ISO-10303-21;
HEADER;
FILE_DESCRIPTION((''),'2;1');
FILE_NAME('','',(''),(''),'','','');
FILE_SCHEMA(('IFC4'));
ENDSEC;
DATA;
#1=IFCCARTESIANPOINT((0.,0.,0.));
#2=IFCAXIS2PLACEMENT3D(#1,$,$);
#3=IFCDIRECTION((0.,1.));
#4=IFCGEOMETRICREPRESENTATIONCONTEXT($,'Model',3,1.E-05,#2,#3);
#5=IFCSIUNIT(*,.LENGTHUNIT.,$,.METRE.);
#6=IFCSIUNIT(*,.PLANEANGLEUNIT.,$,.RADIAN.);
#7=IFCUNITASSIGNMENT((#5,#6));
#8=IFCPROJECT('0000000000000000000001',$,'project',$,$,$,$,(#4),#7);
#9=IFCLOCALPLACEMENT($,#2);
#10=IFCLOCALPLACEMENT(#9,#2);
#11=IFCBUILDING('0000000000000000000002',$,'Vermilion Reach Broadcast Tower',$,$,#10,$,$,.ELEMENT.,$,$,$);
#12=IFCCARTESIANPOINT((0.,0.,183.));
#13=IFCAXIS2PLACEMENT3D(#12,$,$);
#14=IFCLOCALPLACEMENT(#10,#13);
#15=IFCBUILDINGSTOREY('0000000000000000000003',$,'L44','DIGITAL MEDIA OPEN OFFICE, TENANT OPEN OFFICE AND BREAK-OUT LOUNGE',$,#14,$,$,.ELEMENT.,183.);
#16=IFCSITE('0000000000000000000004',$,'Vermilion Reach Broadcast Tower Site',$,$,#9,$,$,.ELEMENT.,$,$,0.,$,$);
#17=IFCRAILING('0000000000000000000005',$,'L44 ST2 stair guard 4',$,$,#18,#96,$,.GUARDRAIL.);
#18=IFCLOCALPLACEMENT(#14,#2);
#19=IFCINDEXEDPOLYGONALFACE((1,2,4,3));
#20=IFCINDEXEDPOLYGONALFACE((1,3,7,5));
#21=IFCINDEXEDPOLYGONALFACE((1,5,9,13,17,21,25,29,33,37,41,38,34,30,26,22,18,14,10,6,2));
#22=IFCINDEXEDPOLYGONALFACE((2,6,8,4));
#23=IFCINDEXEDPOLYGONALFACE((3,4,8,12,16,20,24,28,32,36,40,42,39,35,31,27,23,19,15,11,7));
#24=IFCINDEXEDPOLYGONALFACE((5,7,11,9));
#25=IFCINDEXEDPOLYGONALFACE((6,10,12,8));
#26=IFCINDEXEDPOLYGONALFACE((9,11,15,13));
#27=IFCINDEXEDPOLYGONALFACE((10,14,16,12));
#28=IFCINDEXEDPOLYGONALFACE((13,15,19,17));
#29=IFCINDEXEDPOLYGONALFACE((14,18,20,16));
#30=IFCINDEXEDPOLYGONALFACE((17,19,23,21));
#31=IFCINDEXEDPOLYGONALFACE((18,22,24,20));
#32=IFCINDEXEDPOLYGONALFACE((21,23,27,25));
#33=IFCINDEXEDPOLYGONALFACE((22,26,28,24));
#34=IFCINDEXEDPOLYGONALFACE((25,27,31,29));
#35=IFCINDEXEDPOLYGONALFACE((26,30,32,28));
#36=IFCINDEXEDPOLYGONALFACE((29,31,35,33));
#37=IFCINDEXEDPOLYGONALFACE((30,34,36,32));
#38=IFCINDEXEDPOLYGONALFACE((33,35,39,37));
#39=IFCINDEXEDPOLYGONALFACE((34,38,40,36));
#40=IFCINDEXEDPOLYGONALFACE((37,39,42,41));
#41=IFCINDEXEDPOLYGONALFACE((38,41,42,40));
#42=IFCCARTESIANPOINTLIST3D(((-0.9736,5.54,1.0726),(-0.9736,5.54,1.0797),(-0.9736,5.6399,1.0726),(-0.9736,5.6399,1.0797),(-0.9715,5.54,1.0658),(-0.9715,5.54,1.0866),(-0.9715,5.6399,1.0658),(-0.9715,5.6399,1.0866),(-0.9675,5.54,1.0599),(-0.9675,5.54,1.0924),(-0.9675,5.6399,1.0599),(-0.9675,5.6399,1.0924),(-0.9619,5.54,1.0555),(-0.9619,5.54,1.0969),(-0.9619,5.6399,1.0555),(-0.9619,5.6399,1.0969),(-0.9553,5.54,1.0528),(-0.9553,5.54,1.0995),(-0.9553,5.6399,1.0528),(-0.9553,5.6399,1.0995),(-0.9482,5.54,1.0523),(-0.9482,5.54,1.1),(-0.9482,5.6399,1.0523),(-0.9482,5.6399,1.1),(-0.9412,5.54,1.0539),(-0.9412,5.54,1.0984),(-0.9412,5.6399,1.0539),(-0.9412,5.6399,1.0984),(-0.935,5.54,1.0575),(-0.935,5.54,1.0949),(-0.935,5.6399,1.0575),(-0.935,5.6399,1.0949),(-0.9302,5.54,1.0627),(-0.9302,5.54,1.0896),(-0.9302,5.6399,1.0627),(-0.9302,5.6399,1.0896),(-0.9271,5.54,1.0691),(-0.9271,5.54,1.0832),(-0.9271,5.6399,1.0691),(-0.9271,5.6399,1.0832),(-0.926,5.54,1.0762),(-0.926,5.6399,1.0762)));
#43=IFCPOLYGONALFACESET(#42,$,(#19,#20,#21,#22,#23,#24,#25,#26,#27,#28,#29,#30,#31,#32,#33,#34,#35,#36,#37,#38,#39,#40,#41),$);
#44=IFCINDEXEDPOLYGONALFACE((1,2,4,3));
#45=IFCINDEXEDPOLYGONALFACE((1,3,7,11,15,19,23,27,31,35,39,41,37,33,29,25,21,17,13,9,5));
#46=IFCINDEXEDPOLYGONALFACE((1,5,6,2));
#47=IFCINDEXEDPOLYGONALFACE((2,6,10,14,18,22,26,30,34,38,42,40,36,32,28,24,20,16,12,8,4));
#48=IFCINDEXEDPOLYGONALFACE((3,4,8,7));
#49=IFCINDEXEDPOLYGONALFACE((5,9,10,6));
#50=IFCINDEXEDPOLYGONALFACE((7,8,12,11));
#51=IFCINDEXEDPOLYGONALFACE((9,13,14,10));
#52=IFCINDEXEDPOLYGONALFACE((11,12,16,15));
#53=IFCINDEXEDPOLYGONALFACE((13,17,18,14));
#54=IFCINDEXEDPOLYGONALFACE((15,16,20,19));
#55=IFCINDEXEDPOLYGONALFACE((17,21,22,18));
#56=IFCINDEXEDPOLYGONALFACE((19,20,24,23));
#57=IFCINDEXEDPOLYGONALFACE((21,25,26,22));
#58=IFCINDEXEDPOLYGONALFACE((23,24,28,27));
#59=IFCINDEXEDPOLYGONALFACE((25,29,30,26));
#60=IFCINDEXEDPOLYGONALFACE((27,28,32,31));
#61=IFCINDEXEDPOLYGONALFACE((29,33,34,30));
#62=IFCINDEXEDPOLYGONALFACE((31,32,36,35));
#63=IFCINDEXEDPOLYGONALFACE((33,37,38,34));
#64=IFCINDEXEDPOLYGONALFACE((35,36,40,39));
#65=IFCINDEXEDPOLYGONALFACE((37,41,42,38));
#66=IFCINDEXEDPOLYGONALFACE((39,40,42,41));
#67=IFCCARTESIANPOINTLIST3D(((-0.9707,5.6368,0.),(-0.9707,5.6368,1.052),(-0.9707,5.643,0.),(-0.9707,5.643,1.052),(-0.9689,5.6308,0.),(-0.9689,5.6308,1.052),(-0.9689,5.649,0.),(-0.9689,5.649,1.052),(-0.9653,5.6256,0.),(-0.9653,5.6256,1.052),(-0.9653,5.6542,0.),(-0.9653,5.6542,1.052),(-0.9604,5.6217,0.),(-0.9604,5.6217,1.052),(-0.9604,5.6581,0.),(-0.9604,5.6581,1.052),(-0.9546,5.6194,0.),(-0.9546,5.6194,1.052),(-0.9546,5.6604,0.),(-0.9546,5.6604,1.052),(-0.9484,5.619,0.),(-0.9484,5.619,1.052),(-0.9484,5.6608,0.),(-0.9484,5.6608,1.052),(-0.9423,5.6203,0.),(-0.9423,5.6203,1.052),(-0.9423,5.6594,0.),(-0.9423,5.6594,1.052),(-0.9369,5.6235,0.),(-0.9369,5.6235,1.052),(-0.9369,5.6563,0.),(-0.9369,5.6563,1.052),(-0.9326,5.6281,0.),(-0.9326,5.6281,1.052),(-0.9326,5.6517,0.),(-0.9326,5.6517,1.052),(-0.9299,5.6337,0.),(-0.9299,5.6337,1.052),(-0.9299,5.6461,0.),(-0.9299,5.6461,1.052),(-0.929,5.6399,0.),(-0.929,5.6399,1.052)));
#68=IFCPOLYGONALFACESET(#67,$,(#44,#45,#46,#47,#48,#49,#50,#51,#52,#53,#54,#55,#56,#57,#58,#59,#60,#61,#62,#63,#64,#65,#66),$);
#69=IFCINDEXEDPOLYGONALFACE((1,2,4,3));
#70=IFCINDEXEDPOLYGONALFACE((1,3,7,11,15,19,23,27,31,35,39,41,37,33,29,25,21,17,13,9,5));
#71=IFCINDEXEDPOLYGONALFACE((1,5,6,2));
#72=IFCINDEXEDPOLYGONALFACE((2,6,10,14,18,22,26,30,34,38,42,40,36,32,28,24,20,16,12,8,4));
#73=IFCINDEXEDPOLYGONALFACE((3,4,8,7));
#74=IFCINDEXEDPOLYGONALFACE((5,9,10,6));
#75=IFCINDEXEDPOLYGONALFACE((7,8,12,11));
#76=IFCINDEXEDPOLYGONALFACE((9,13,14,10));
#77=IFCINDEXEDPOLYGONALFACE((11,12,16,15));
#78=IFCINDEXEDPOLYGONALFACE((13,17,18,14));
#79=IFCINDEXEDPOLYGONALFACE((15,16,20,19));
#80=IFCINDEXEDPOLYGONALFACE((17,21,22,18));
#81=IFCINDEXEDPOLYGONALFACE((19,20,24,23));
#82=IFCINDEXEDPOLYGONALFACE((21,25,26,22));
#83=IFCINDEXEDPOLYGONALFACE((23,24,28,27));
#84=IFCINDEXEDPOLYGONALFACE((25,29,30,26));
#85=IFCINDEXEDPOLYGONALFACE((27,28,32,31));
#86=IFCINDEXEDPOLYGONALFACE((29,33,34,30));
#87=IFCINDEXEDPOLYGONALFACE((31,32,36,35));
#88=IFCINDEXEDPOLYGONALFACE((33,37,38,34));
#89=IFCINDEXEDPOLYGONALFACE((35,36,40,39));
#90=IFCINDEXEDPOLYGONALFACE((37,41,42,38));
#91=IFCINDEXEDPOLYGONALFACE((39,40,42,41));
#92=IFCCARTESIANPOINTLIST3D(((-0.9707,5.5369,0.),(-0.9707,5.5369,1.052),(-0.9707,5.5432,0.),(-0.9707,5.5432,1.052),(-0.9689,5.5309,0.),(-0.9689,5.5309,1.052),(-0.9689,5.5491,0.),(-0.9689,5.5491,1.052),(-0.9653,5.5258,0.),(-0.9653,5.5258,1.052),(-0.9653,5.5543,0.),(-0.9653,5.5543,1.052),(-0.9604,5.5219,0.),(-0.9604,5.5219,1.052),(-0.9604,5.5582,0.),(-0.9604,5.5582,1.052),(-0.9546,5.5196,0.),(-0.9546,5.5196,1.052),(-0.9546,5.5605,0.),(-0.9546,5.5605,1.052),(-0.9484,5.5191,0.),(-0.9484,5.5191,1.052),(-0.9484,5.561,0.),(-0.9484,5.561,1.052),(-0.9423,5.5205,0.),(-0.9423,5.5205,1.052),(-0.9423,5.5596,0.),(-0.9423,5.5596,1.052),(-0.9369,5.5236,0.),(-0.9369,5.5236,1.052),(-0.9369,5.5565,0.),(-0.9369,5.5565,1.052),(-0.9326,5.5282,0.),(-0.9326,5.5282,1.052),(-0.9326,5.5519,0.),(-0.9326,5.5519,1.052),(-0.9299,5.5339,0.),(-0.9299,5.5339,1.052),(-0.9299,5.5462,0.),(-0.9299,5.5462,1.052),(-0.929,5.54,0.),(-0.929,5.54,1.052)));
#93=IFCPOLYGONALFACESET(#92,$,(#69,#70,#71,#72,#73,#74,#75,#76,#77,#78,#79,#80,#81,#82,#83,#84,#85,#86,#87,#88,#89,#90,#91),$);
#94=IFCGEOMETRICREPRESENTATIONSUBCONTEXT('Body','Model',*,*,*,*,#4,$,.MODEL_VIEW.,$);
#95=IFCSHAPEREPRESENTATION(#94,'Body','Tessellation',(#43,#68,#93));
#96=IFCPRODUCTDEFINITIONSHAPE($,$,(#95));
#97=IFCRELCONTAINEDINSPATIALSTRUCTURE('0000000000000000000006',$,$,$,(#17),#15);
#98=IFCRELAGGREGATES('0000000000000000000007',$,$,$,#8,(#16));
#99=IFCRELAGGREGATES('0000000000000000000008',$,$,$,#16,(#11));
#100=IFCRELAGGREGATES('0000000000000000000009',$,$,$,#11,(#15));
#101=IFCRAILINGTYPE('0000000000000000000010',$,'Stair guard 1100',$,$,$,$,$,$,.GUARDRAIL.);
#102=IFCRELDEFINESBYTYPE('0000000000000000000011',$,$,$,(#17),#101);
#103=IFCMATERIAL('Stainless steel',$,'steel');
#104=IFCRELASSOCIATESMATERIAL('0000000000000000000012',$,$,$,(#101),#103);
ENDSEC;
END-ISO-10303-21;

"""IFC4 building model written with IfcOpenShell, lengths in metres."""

from ifc_helpers import new_model, si_unit, direction, frame, origin, origin_2d, place, context, subcontext, project, spatial, circle, extrude, material, type_object, element, save


model = new_model("IFC4")

# Units and contexts
model_context = context("Model", 3, precision=1e-05, world=origin(), true_north=direction((0.0, 1.0)))
body_context = subcontext(model_context, "Body", "Model", "MODEL_VIEW")
ifc_project = project(units=[si_unit("LENGTHUNIT", "METRE"), si_unit("PLANEANGLEUNIT", "RADIAN")], contexts=[model_context])

# Site, building, storey
site_placement = place(None, origin())
site = spatial("IfcSite", under=ifc_project, at=site_placement, Name="Vermilion Reach Broadcast Tower Site", CompositionType="ELEMENT", RefElevation=0.0)
building_placement = place(site_placement, origin())
building = spatial("IfcBuilding", under=site, at=building_placement, Name="Vermilion Reach Broadcast Tower", CompositionType="ELEMENT")
storey_placement = place(building_placement, frame((0.0, 0.0, 183.0)))
storey = spatial("IfcBuildingStorey", under=building, at=storey_placement, Name="L44", Description="DIGITAL MEDIA OPEN OFFICE, TENANT OPEN OFFICE AND BREAK-OUT LOUNGE", CompositionType="ELEMENT", Elevation=183.0)

# Railing
ifc_material_1 = material(Name="Stainless steel", Category="steel")
railing_type_1 = type_object("IfcRailingType", Name="Stair guard 1100", PredefinedType="GUARDRAIL", material=ifc_material_1)
railing_1_placement = place(storey_placement, frame((-0.95, 5.6399, 0.0)))
element("IfcRailing", 1, at=railing_1_placement, inside=storey, type_object=railing_type_1, Name="L44 ST2 stair guard 4", PredefinedType="GUARDRAIL", context=body_context, shape_type="SweptSolid", body=[
    extrude(circle(Radius=0.0239, at=origin_2d()), frame((0.0, 0.0, 1.0762), z_axis=(0.0, -1.0, 0.0), x_axis=(1.0, 0.0, 0.0)), (0.0, 0.0, 1.0), 0.0999),
    extrude(circle(Radius=0.021, at=origin_2d()), origin(), (0.0, 0.0, 1.0), 1.052),
    extrude(circle(Radius=0.021, at=origin_2d()), frame((0.0, -0.0999, 0.0)), (0.0, 0.0, 1.0), 1.052),
])

save(model, "model.ifc")
